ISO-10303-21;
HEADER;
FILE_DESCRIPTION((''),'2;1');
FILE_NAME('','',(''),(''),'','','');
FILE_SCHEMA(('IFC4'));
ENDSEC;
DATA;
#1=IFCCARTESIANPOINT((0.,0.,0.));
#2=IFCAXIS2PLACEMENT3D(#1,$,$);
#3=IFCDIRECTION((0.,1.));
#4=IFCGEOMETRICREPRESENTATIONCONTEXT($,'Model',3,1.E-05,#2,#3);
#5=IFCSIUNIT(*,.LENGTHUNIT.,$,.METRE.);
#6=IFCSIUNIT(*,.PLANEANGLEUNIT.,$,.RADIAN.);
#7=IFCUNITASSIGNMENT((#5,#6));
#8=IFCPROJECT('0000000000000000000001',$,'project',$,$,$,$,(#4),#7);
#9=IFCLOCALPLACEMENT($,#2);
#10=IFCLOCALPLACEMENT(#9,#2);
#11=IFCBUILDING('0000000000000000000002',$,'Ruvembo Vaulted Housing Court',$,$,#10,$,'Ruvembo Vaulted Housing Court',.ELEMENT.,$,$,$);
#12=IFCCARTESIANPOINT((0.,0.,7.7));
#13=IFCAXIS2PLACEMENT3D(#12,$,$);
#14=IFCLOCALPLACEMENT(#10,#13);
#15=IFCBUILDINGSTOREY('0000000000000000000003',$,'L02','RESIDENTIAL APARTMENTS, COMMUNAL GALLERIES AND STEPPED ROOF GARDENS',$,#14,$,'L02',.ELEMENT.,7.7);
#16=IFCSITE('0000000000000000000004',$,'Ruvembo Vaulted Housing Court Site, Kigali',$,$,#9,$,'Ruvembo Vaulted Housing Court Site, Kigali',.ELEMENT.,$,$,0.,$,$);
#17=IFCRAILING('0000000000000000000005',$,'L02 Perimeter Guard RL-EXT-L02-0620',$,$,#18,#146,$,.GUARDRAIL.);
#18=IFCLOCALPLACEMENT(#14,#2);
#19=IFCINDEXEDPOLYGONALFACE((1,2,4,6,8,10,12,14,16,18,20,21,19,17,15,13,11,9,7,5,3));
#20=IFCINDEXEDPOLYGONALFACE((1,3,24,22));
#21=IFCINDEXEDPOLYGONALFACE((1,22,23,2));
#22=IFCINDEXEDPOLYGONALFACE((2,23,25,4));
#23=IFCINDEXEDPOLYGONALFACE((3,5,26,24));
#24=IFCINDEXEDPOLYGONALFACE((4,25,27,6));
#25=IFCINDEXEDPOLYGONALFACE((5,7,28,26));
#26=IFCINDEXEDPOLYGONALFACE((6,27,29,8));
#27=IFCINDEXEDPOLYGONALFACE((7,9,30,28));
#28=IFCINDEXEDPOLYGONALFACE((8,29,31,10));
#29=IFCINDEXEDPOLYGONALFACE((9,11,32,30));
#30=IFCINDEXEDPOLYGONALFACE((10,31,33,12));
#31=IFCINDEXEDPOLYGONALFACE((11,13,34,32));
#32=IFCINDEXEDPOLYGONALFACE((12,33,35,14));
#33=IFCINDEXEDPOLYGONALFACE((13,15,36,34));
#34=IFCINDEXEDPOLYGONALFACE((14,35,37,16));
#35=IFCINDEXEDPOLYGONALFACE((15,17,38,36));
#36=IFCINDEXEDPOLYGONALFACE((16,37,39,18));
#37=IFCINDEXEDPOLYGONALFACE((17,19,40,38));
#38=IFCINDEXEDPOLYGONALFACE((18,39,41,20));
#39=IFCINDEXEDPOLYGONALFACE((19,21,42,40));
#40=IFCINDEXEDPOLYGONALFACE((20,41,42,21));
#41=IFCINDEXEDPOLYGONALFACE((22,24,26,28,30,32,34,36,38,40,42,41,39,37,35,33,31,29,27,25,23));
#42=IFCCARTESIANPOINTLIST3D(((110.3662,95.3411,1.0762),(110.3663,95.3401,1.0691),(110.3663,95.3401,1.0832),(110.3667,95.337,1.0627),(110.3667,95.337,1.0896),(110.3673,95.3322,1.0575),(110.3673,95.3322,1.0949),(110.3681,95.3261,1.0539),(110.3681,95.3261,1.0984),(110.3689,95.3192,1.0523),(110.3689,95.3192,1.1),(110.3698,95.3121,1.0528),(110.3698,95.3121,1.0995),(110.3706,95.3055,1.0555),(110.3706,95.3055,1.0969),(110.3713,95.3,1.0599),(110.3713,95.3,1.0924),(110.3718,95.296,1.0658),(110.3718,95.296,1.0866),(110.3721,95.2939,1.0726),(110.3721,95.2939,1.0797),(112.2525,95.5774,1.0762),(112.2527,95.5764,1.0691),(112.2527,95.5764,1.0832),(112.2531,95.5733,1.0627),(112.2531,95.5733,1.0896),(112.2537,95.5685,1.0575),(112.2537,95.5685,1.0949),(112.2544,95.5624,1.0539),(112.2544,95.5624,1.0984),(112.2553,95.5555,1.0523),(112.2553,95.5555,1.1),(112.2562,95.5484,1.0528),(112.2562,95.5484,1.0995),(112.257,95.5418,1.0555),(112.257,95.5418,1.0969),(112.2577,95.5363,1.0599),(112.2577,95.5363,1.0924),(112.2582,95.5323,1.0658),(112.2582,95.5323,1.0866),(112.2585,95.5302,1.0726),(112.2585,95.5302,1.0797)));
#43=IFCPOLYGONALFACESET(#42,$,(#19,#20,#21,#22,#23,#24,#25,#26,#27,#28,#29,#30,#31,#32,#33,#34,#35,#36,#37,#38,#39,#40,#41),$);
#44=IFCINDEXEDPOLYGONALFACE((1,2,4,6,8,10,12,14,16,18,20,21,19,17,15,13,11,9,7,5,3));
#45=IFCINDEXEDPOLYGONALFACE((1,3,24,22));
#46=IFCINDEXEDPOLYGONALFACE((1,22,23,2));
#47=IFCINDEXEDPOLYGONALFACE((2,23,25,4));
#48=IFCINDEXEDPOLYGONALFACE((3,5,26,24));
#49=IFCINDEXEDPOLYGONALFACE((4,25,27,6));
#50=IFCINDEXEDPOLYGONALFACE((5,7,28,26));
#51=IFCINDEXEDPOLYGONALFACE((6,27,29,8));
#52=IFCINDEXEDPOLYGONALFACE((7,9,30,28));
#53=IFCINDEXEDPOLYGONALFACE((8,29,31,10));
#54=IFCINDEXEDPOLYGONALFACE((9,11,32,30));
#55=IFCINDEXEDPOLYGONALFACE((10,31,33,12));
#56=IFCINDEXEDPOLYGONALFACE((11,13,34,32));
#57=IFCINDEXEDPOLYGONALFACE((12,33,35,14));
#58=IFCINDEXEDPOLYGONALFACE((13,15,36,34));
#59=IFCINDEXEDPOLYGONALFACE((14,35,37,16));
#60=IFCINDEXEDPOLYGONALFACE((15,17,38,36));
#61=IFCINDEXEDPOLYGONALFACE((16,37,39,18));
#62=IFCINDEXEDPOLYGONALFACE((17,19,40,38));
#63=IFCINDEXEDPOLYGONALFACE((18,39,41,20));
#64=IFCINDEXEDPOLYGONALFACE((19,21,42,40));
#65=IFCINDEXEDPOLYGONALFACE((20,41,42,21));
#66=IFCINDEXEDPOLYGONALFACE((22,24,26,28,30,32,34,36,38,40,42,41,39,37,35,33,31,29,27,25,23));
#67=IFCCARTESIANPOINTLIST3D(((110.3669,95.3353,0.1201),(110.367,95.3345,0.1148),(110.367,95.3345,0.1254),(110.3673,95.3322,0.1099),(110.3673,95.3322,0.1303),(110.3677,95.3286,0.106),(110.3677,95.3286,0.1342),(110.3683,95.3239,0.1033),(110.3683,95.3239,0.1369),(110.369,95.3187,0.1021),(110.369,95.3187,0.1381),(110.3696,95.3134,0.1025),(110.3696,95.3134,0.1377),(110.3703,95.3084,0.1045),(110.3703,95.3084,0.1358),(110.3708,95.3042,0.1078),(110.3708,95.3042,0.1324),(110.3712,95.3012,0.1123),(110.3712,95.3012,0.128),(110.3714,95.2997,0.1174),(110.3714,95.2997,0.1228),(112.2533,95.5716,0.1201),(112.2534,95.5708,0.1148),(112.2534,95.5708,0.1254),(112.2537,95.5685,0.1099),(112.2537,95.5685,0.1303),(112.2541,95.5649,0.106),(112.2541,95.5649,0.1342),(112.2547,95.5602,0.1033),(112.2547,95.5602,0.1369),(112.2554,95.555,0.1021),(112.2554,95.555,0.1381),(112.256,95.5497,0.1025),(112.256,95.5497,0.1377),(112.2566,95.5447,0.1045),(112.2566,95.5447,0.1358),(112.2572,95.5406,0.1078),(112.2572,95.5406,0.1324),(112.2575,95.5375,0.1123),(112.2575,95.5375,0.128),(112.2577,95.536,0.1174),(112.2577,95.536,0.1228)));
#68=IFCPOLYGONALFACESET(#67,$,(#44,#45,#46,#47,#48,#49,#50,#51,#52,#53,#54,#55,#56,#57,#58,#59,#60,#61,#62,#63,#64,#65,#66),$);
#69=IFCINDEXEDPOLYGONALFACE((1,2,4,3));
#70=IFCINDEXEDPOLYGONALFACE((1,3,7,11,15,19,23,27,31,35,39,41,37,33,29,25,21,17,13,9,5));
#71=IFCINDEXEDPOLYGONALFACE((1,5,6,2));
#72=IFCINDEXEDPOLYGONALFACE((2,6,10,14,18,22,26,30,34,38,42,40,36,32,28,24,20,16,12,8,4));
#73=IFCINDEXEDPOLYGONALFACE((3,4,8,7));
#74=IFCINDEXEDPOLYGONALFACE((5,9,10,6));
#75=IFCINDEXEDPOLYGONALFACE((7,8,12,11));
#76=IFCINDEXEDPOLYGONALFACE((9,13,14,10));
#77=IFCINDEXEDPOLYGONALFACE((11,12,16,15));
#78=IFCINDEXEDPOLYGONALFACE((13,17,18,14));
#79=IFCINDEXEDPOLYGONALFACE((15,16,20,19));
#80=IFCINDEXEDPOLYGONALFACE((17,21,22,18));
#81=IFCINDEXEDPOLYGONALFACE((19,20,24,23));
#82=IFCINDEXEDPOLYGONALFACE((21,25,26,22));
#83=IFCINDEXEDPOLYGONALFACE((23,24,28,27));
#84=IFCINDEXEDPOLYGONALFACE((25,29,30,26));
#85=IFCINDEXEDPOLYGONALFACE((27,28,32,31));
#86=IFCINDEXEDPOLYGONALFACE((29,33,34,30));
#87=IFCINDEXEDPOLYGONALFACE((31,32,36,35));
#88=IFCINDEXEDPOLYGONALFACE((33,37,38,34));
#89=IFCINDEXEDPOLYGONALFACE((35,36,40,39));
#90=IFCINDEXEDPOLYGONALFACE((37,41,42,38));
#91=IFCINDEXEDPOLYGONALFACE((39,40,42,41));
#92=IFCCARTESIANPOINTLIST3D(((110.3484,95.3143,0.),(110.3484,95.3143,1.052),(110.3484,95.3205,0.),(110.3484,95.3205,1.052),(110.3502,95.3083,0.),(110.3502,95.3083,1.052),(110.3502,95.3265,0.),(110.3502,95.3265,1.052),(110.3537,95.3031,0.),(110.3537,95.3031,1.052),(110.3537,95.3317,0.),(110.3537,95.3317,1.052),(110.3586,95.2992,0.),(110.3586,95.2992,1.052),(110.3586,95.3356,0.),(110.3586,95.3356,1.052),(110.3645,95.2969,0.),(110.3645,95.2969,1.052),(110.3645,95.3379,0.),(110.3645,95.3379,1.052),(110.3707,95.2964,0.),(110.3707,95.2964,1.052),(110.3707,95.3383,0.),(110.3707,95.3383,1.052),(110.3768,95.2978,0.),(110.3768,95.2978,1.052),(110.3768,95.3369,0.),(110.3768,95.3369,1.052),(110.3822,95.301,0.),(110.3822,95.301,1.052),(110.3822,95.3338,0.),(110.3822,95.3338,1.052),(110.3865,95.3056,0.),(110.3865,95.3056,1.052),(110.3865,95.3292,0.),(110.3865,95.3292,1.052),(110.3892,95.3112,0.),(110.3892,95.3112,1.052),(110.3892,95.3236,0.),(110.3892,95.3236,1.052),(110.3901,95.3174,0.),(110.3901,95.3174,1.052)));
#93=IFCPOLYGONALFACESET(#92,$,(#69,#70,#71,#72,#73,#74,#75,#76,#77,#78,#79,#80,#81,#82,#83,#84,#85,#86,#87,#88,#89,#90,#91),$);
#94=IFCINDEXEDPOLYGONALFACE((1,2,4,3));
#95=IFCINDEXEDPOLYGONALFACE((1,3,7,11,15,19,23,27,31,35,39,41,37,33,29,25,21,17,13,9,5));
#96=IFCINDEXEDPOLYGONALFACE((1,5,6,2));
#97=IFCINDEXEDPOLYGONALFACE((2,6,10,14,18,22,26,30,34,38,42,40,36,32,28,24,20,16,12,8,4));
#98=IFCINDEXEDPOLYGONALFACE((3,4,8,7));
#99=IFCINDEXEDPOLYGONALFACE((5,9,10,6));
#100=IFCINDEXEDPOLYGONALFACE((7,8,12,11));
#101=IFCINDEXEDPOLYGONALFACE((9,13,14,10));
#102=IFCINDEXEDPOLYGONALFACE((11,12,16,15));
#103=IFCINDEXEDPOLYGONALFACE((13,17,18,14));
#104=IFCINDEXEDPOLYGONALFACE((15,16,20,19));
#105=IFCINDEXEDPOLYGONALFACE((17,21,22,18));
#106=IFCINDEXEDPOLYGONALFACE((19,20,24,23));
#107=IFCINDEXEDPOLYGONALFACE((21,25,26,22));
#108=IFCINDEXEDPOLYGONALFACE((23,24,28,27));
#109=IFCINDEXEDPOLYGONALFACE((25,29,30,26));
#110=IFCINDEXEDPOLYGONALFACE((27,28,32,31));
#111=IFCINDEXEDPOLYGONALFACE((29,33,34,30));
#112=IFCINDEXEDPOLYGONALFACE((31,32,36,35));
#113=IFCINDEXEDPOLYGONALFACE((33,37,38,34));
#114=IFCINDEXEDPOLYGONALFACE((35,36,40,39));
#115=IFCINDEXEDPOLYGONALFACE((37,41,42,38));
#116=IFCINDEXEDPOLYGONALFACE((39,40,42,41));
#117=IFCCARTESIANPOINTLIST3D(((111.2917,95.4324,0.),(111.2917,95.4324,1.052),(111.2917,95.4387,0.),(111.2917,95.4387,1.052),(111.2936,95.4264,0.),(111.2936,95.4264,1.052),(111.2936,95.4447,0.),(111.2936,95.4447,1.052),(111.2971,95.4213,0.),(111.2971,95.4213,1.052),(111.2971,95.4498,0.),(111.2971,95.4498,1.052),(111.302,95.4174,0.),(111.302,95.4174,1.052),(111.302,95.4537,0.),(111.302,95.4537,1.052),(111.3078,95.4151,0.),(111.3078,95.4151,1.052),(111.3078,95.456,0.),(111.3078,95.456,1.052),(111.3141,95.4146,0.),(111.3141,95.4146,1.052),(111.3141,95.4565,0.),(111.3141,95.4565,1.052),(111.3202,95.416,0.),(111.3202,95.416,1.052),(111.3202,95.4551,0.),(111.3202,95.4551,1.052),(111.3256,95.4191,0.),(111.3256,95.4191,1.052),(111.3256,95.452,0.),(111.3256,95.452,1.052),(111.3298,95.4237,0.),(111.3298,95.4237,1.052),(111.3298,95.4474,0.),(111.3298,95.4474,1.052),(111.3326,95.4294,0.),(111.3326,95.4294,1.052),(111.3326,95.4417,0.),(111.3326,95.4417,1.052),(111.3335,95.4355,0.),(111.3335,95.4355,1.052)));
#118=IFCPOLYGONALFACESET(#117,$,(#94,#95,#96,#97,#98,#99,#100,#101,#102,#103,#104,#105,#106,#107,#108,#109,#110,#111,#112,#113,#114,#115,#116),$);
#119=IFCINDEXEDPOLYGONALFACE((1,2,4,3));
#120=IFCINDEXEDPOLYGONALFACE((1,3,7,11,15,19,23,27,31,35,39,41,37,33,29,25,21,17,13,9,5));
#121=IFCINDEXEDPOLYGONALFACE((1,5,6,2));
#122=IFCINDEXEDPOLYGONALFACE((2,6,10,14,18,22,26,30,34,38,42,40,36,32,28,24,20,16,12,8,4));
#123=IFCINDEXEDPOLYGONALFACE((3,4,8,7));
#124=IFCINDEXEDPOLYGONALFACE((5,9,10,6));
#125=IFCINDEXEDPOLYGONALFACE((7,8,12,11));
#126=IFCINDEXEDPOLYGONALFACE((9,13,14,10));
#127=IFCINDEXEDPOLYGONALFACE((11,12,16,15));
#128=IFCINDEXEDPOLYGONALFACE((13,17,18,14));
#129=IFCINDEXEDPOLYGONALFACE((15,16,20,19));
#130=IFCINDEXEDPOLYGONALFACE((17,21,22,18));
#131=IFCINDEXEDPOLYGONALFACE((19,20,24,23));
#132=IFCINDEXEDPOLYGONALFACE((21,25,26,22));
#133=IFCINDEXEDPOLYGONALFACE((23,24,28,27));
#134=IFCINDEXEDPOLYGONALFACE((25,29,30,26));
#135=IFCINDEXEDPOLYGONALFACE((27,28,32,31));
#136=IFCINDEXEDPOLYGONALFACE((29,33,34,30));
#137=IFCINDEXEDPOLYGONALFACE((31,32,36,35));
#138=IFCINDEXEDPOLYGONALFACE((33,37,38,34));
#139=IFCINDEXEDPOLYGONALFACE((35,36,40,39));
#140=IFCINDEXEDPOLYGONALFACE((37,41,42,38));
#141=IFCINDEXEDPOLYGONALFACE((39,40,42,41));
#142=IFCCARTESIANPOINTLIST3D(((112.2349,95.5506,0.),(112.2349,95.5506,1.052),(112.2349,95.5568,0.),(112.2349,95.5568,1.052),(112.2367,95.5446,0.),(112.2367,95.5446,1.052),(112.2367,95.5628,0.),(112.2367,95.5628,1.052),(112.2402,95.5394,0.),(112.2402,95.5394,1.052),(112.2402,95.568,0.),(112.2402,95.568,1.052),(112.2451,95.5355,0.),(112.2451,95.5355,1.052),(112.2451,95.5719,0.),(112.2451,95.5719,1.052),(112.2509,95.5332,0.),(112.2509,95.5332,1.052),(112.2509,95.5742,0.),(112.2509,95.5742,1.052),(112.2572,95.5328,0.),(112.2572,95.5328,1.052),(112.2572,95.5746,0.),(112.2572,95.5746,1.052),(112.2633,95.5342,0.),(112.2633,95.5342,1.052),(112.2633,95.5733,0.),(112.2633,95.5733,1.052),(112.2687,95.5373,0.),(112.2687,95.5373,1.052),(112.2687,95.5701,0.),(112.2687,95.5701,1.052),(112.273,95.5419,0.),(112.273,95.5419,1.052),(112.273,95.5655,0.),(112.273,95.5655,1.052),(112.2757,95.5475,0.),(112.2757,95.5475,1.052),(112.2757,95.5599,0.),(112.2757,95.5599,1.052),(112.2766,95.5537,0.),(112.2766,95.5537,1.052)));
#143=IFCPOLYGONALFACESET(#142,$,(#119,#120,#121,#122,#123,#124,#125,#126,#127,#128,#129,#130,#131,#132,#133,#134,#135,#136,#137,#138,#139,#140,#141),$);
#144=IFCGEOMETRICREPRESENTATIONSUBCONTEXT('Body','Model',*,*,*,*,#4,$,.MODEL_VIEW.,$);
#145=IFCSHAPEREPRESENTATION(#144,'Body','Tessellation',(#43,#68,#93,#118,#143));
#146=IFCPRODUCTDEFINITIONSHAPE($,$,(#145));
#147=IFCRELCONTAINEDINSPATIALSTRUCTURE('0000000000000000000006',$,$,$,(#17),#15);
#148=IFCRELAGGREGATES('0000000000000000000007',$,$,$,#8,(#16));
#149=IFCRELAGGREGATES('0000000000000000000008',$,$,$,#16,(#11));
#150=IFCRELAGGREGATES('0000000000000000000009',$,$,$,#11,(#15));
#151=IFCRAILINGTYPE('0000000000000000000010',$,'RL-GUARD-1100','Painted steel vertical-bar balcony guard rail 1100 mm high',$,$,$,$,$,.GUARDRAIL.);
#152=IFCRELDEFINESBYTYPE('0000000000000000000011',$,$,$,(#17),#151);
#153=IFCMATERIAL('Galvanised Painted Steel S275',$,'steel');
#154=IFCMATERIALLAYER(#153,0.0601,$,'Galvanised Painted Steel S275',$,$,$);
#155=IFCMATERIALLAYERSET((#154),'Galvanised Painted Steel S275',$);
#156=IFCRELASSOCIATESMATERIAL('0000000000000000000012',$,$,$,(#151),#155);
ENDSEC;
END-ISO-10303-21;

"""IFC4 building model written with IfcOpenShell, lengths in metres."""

from ifc_helpers import new_model, si_unit, direction, frame, origin, origin_2d, place, context, subcontext, project, spatial, circle, extrude, material, layer, layer_set, type_object, element, save


model = new_model("IFC4")

# Units and contexts
model_context = context("Model", 3, precision=1e-05, world=origin(), true_north=direction((0.0, 1.0)))
body_context = subcontext(model_context, "Body", "Model", "MODEL_VIEW")
ifc_project = project(units=[si_unit("LENGTHUNIT", "METRE"), si_unit("PLANEANGLEUNIT", "RADIAN")], contexts=[model_context])

# Site, building, storey
site_placement = place(None, origin())
site = spatial("IfcSite", under=ifc_project, at=site_placement, Name="Ruvembo Vaulted Housing Court Site, Kigali", LongName="Ruvembo Vaulted Housing Court Site, Kigali", CompositionType="ELEMENT", RefElevation=0.0)
building_placement = place(site_placement, origin())
building = spatial("IfcBuilding", under=site, at=building_placement, Name="Ruvembo Vaulted Housing Court", LongName="Ruvembo Vaulted Housing Court", CompositionType="ELEMENT")
storey_placement = place(building_placement, frame((0.0, 0.0, 7.7)))
storey = spatial("IfcBuildingStorey", under=building, at=storey_placement, Name="L02", Description="RESIDENTIAL APARTMENTS, COMMUNAL GALLERIES AND STEPPED ROOF GARDENS", LongName="L02", CompositionType="ELEMENT", Elevation=7.7)

# Railing
ifc_material_1 = material(Name="Galvanised Painted Steel S275", Category="steel")
ifc_layer = layer(ifc_material_1, 0.0601, Name="Galvanised Painted Steel S275")
ifc_layer_set = layer_set([ifc_layer], Name="Galvanised Painted Steel S275")
railing_type = type_object("IfcRailingType", Name="RL-GUARD-1100", Description="Painted steel vertical-bar balcony guard rail 1100 mm high", PredefinedType="GUARDRAIL", material=ifc_layer_set)
railing_1_placement = place(storey_placement, frame((110.3691, 95.3174, 0.0)))
element("IfcRailing", 1, at=railing_1_placement, inside=storey, type_object=railing_type, Name="L02 Perimeter Guard RL-EXT-L02-0620", PredefinedType="GUARDRAIL", context=body_context, shape_type="SweptSolid", body=[
    extrude(circle(Radius=0.0239, at=origin_2d()), frame((0.0, 0.0, 1.0762), z_axis=(0.992244, 0.124303, 0.0), x_axis=(-0.124303, 0.992244, 0.0)), (0.0, 0.0, 1.0), 1.9011),
    extrude(circle(Radius=0.0181, at=origin_2d()), frame((0.0, 0.0, 0.1201), z_axis=(0.992244, 0.124303, 0.0), x_axis=(-0.124303, 0.992244, 0.0)), (0.0, 0.0, 1.0), 1.9011),
    extrude(circle(Radius=0.021, at=origin_2d()), origin(), (0.0, 0.0, 1.0), 1.052),
    extrude(circle(Radius=0.021, at=origin_2d()), frame((0.9434, 0.1182, 0.0)), (0.0, 0.0, 1.0), 1.052),
    extrude(circle(Radius=0.021, at=origin_2d()), frame((1.8865, 0.2363, 0.0)), (0.0, 0.0, 1.0), 1.052),
])

save(model, "model.ifc")
